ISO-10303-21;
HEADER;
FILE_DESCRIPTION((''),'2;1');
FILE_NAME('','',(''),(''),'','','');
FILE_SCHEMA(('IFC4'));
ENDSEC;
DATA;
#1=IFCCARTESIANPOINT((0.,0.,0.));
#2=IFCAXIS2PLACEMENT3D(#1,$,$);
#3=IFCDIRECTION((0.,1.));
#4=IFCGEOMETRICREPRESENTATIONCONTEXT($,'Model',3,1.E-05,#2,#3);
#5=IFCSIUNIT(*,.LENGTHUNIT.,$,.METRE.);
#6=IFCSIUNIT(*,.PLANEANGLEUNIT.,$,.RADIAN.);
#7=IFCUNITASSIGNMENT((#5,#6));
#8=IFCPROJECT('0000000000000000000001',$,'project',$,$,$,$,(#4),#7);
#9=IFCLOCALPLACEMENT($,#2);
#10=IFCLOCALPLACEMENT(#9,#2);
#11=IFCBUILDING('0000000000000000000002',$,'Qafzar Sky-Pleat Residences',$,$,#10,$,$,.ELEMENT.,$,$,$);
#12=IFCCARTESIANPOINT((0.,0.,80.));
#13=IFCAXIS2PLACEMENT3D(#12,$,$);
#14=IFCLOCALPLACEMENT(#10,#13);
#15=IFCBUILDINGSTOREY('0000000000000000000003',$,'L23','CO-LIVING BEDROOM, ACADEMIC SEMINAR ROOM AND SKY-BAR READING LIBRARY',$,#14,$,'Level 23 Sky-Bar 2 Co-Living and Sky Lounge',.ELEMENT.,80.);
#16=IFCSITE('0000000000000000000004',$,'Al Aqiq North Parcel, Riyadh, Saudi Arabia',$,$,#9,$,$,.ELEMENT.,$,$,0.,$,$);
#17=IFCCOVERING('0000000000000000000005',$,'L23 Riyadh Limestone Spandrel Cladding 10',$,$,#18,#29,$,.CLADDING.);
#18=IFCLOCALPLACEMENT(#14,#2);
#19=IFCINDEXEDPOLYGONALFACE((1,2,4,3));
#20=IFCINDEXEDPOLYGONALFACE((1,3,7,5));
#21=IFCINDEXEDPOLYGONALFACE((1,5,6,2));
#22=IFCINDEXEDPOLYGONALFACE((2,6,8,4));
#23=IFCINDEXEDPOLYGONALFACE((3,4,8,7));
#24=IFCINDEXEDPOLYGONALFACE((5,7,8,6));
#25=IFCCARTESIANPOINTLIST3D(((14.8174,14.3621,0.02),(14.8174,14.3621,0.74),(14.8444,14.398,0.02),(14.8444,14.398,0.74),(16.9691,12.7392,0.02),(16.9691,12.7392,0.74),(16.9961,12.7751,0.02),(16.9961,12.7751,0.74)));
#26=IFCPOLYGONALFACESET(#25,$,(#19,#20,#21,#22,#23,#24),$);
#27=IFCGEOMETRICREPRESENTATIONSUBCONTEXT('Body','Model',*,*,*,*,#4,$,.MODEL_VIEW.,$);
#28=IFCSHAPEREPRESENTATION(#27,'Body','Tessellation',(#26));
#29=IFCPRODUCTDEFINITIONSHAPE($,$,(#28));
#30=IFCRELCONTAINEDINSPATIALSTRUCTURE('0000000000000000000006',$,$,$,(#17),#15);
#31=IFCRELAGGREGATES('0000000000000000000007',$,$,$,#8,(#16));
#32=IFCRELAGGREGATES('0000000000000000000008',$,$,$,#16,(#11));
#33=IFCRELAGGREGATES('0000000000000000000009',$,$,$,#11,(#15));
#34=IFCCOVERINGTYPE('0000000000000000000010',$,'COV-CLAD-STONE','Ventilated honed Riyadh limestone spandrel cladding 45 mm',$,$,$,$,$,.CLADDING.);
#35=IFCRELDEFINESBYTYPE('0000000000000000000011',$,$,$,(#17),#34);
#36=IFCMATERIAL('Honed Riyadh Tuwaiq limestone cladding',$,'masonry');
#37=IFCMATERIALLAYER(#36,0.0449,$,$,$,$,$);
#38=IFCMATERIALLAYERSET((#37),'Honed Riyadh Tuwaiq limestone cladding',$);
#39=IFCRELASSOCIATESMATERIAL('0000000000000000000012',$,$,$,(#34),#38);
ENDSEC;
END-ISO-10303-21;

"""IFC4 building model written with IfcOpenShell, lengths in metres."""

from ifc_helpers import new_model, si_unit, direction, frame, origin, origin_2d, place, context, subcontext, project, spatial, rectangle, extrude, source, transform, mapped, material, layer, layer_set, type_object, element, save


model = new_model("IFC4")

# Units and contexts
model_context = context("Model", 3, precision=1e-05, world=origin(), true_north=direction((0.0, 1.0)))
body_context = subcontext(model_context, "Body", "Model", "MODEL_VIEW")
ifc_project = project(units=[si_unit("LENGTHUNIT", "METRE"), si_unit("PLANEANGLEUNIT", "RADIAN")], contexts=[model_context])

# Site, building, storey
site_placement = place(None, origin())
site = spatial("IfcSite", under=ifc_project, at=site_placement, Name="Al Aqiq North Parcel, Riyadh, Saudi Arabia", CompositionType="ELEMENT", RefElevation=0.0)
building_placement = place(site_placement, origin())
building = spatial("IfcBuilding", under=site, at=building_placement, Name="Qafzar Sky-Pleat Residences", CompositionType="ELEMENT")
storey_placement = place(building_placement, frame((0.0, 0.0, 80.0)))
storey = spatial("IfcBuildingStorey", under=building, at=storey_placement, Name="L23", Description="CO-LIVING BEDROOM, ACADEMIC SEMINAR ROOM AND SKY-BAR READING LIBRARY", LongName="Level 23 Sky-Bar 2 Co-Living and Sky Lounge", CompositionType="ELEMENT", Elevation=80.0)

# Covering
ifc_material_1 = material(Name="Honed Riyadh Tuwaiq limestone cladding", Category="masonry")
ifc_layer_1 = layer(ifc_material_1, 0.0449)
ifc_layer_set_1 = layer_set([ifc_layer_1], Name="Honed Riyadh Tuwaiq limestone cladding")
covering_type_1 = type_object("IfcCoveringType", Name="COV-CLAD-STONE", Description="Ventilated honed Riyadh limestone spandrel cladding 45 mm", PredefinedType="CLADDING", material=ifc_layer_set_1)
shared_shape_1 = source(origin(), body_context, "Body", "SweptSolid", [
    extrude(rectangle(XDim=2.6951, YDim=0.0449, at=origin_2d()), origin(), (0.0, 0.0, 1.0), 0.72),
])
covering_1_placement = place(storey_placement, frame((15.9067, 13.5686, 0.02), z_axis=(0.0, 0.0, 1.0), x_axis=(0.798378, -0.602156, 0.0)))
element("IfcCovering", 1, at=covering_1_placement, inside=storey, type_object=covering_type_1, Name="L23 Riyadh Limestone Spandrel Cladding 10", PredefinedType="CLADDING", context=body_context, shape_type="MappedRepresentation", body=[
    mapped(shared_shape_1, transform((0.0, 0.0, 0.0), x_axis=(1.0, 0.0, 0.0), y_axis=(0.0, 1.0, 0.0), z_axis=(0.0, 0.0, 1.0), scale=1.0)),
])

save(model, "model.ifc")
